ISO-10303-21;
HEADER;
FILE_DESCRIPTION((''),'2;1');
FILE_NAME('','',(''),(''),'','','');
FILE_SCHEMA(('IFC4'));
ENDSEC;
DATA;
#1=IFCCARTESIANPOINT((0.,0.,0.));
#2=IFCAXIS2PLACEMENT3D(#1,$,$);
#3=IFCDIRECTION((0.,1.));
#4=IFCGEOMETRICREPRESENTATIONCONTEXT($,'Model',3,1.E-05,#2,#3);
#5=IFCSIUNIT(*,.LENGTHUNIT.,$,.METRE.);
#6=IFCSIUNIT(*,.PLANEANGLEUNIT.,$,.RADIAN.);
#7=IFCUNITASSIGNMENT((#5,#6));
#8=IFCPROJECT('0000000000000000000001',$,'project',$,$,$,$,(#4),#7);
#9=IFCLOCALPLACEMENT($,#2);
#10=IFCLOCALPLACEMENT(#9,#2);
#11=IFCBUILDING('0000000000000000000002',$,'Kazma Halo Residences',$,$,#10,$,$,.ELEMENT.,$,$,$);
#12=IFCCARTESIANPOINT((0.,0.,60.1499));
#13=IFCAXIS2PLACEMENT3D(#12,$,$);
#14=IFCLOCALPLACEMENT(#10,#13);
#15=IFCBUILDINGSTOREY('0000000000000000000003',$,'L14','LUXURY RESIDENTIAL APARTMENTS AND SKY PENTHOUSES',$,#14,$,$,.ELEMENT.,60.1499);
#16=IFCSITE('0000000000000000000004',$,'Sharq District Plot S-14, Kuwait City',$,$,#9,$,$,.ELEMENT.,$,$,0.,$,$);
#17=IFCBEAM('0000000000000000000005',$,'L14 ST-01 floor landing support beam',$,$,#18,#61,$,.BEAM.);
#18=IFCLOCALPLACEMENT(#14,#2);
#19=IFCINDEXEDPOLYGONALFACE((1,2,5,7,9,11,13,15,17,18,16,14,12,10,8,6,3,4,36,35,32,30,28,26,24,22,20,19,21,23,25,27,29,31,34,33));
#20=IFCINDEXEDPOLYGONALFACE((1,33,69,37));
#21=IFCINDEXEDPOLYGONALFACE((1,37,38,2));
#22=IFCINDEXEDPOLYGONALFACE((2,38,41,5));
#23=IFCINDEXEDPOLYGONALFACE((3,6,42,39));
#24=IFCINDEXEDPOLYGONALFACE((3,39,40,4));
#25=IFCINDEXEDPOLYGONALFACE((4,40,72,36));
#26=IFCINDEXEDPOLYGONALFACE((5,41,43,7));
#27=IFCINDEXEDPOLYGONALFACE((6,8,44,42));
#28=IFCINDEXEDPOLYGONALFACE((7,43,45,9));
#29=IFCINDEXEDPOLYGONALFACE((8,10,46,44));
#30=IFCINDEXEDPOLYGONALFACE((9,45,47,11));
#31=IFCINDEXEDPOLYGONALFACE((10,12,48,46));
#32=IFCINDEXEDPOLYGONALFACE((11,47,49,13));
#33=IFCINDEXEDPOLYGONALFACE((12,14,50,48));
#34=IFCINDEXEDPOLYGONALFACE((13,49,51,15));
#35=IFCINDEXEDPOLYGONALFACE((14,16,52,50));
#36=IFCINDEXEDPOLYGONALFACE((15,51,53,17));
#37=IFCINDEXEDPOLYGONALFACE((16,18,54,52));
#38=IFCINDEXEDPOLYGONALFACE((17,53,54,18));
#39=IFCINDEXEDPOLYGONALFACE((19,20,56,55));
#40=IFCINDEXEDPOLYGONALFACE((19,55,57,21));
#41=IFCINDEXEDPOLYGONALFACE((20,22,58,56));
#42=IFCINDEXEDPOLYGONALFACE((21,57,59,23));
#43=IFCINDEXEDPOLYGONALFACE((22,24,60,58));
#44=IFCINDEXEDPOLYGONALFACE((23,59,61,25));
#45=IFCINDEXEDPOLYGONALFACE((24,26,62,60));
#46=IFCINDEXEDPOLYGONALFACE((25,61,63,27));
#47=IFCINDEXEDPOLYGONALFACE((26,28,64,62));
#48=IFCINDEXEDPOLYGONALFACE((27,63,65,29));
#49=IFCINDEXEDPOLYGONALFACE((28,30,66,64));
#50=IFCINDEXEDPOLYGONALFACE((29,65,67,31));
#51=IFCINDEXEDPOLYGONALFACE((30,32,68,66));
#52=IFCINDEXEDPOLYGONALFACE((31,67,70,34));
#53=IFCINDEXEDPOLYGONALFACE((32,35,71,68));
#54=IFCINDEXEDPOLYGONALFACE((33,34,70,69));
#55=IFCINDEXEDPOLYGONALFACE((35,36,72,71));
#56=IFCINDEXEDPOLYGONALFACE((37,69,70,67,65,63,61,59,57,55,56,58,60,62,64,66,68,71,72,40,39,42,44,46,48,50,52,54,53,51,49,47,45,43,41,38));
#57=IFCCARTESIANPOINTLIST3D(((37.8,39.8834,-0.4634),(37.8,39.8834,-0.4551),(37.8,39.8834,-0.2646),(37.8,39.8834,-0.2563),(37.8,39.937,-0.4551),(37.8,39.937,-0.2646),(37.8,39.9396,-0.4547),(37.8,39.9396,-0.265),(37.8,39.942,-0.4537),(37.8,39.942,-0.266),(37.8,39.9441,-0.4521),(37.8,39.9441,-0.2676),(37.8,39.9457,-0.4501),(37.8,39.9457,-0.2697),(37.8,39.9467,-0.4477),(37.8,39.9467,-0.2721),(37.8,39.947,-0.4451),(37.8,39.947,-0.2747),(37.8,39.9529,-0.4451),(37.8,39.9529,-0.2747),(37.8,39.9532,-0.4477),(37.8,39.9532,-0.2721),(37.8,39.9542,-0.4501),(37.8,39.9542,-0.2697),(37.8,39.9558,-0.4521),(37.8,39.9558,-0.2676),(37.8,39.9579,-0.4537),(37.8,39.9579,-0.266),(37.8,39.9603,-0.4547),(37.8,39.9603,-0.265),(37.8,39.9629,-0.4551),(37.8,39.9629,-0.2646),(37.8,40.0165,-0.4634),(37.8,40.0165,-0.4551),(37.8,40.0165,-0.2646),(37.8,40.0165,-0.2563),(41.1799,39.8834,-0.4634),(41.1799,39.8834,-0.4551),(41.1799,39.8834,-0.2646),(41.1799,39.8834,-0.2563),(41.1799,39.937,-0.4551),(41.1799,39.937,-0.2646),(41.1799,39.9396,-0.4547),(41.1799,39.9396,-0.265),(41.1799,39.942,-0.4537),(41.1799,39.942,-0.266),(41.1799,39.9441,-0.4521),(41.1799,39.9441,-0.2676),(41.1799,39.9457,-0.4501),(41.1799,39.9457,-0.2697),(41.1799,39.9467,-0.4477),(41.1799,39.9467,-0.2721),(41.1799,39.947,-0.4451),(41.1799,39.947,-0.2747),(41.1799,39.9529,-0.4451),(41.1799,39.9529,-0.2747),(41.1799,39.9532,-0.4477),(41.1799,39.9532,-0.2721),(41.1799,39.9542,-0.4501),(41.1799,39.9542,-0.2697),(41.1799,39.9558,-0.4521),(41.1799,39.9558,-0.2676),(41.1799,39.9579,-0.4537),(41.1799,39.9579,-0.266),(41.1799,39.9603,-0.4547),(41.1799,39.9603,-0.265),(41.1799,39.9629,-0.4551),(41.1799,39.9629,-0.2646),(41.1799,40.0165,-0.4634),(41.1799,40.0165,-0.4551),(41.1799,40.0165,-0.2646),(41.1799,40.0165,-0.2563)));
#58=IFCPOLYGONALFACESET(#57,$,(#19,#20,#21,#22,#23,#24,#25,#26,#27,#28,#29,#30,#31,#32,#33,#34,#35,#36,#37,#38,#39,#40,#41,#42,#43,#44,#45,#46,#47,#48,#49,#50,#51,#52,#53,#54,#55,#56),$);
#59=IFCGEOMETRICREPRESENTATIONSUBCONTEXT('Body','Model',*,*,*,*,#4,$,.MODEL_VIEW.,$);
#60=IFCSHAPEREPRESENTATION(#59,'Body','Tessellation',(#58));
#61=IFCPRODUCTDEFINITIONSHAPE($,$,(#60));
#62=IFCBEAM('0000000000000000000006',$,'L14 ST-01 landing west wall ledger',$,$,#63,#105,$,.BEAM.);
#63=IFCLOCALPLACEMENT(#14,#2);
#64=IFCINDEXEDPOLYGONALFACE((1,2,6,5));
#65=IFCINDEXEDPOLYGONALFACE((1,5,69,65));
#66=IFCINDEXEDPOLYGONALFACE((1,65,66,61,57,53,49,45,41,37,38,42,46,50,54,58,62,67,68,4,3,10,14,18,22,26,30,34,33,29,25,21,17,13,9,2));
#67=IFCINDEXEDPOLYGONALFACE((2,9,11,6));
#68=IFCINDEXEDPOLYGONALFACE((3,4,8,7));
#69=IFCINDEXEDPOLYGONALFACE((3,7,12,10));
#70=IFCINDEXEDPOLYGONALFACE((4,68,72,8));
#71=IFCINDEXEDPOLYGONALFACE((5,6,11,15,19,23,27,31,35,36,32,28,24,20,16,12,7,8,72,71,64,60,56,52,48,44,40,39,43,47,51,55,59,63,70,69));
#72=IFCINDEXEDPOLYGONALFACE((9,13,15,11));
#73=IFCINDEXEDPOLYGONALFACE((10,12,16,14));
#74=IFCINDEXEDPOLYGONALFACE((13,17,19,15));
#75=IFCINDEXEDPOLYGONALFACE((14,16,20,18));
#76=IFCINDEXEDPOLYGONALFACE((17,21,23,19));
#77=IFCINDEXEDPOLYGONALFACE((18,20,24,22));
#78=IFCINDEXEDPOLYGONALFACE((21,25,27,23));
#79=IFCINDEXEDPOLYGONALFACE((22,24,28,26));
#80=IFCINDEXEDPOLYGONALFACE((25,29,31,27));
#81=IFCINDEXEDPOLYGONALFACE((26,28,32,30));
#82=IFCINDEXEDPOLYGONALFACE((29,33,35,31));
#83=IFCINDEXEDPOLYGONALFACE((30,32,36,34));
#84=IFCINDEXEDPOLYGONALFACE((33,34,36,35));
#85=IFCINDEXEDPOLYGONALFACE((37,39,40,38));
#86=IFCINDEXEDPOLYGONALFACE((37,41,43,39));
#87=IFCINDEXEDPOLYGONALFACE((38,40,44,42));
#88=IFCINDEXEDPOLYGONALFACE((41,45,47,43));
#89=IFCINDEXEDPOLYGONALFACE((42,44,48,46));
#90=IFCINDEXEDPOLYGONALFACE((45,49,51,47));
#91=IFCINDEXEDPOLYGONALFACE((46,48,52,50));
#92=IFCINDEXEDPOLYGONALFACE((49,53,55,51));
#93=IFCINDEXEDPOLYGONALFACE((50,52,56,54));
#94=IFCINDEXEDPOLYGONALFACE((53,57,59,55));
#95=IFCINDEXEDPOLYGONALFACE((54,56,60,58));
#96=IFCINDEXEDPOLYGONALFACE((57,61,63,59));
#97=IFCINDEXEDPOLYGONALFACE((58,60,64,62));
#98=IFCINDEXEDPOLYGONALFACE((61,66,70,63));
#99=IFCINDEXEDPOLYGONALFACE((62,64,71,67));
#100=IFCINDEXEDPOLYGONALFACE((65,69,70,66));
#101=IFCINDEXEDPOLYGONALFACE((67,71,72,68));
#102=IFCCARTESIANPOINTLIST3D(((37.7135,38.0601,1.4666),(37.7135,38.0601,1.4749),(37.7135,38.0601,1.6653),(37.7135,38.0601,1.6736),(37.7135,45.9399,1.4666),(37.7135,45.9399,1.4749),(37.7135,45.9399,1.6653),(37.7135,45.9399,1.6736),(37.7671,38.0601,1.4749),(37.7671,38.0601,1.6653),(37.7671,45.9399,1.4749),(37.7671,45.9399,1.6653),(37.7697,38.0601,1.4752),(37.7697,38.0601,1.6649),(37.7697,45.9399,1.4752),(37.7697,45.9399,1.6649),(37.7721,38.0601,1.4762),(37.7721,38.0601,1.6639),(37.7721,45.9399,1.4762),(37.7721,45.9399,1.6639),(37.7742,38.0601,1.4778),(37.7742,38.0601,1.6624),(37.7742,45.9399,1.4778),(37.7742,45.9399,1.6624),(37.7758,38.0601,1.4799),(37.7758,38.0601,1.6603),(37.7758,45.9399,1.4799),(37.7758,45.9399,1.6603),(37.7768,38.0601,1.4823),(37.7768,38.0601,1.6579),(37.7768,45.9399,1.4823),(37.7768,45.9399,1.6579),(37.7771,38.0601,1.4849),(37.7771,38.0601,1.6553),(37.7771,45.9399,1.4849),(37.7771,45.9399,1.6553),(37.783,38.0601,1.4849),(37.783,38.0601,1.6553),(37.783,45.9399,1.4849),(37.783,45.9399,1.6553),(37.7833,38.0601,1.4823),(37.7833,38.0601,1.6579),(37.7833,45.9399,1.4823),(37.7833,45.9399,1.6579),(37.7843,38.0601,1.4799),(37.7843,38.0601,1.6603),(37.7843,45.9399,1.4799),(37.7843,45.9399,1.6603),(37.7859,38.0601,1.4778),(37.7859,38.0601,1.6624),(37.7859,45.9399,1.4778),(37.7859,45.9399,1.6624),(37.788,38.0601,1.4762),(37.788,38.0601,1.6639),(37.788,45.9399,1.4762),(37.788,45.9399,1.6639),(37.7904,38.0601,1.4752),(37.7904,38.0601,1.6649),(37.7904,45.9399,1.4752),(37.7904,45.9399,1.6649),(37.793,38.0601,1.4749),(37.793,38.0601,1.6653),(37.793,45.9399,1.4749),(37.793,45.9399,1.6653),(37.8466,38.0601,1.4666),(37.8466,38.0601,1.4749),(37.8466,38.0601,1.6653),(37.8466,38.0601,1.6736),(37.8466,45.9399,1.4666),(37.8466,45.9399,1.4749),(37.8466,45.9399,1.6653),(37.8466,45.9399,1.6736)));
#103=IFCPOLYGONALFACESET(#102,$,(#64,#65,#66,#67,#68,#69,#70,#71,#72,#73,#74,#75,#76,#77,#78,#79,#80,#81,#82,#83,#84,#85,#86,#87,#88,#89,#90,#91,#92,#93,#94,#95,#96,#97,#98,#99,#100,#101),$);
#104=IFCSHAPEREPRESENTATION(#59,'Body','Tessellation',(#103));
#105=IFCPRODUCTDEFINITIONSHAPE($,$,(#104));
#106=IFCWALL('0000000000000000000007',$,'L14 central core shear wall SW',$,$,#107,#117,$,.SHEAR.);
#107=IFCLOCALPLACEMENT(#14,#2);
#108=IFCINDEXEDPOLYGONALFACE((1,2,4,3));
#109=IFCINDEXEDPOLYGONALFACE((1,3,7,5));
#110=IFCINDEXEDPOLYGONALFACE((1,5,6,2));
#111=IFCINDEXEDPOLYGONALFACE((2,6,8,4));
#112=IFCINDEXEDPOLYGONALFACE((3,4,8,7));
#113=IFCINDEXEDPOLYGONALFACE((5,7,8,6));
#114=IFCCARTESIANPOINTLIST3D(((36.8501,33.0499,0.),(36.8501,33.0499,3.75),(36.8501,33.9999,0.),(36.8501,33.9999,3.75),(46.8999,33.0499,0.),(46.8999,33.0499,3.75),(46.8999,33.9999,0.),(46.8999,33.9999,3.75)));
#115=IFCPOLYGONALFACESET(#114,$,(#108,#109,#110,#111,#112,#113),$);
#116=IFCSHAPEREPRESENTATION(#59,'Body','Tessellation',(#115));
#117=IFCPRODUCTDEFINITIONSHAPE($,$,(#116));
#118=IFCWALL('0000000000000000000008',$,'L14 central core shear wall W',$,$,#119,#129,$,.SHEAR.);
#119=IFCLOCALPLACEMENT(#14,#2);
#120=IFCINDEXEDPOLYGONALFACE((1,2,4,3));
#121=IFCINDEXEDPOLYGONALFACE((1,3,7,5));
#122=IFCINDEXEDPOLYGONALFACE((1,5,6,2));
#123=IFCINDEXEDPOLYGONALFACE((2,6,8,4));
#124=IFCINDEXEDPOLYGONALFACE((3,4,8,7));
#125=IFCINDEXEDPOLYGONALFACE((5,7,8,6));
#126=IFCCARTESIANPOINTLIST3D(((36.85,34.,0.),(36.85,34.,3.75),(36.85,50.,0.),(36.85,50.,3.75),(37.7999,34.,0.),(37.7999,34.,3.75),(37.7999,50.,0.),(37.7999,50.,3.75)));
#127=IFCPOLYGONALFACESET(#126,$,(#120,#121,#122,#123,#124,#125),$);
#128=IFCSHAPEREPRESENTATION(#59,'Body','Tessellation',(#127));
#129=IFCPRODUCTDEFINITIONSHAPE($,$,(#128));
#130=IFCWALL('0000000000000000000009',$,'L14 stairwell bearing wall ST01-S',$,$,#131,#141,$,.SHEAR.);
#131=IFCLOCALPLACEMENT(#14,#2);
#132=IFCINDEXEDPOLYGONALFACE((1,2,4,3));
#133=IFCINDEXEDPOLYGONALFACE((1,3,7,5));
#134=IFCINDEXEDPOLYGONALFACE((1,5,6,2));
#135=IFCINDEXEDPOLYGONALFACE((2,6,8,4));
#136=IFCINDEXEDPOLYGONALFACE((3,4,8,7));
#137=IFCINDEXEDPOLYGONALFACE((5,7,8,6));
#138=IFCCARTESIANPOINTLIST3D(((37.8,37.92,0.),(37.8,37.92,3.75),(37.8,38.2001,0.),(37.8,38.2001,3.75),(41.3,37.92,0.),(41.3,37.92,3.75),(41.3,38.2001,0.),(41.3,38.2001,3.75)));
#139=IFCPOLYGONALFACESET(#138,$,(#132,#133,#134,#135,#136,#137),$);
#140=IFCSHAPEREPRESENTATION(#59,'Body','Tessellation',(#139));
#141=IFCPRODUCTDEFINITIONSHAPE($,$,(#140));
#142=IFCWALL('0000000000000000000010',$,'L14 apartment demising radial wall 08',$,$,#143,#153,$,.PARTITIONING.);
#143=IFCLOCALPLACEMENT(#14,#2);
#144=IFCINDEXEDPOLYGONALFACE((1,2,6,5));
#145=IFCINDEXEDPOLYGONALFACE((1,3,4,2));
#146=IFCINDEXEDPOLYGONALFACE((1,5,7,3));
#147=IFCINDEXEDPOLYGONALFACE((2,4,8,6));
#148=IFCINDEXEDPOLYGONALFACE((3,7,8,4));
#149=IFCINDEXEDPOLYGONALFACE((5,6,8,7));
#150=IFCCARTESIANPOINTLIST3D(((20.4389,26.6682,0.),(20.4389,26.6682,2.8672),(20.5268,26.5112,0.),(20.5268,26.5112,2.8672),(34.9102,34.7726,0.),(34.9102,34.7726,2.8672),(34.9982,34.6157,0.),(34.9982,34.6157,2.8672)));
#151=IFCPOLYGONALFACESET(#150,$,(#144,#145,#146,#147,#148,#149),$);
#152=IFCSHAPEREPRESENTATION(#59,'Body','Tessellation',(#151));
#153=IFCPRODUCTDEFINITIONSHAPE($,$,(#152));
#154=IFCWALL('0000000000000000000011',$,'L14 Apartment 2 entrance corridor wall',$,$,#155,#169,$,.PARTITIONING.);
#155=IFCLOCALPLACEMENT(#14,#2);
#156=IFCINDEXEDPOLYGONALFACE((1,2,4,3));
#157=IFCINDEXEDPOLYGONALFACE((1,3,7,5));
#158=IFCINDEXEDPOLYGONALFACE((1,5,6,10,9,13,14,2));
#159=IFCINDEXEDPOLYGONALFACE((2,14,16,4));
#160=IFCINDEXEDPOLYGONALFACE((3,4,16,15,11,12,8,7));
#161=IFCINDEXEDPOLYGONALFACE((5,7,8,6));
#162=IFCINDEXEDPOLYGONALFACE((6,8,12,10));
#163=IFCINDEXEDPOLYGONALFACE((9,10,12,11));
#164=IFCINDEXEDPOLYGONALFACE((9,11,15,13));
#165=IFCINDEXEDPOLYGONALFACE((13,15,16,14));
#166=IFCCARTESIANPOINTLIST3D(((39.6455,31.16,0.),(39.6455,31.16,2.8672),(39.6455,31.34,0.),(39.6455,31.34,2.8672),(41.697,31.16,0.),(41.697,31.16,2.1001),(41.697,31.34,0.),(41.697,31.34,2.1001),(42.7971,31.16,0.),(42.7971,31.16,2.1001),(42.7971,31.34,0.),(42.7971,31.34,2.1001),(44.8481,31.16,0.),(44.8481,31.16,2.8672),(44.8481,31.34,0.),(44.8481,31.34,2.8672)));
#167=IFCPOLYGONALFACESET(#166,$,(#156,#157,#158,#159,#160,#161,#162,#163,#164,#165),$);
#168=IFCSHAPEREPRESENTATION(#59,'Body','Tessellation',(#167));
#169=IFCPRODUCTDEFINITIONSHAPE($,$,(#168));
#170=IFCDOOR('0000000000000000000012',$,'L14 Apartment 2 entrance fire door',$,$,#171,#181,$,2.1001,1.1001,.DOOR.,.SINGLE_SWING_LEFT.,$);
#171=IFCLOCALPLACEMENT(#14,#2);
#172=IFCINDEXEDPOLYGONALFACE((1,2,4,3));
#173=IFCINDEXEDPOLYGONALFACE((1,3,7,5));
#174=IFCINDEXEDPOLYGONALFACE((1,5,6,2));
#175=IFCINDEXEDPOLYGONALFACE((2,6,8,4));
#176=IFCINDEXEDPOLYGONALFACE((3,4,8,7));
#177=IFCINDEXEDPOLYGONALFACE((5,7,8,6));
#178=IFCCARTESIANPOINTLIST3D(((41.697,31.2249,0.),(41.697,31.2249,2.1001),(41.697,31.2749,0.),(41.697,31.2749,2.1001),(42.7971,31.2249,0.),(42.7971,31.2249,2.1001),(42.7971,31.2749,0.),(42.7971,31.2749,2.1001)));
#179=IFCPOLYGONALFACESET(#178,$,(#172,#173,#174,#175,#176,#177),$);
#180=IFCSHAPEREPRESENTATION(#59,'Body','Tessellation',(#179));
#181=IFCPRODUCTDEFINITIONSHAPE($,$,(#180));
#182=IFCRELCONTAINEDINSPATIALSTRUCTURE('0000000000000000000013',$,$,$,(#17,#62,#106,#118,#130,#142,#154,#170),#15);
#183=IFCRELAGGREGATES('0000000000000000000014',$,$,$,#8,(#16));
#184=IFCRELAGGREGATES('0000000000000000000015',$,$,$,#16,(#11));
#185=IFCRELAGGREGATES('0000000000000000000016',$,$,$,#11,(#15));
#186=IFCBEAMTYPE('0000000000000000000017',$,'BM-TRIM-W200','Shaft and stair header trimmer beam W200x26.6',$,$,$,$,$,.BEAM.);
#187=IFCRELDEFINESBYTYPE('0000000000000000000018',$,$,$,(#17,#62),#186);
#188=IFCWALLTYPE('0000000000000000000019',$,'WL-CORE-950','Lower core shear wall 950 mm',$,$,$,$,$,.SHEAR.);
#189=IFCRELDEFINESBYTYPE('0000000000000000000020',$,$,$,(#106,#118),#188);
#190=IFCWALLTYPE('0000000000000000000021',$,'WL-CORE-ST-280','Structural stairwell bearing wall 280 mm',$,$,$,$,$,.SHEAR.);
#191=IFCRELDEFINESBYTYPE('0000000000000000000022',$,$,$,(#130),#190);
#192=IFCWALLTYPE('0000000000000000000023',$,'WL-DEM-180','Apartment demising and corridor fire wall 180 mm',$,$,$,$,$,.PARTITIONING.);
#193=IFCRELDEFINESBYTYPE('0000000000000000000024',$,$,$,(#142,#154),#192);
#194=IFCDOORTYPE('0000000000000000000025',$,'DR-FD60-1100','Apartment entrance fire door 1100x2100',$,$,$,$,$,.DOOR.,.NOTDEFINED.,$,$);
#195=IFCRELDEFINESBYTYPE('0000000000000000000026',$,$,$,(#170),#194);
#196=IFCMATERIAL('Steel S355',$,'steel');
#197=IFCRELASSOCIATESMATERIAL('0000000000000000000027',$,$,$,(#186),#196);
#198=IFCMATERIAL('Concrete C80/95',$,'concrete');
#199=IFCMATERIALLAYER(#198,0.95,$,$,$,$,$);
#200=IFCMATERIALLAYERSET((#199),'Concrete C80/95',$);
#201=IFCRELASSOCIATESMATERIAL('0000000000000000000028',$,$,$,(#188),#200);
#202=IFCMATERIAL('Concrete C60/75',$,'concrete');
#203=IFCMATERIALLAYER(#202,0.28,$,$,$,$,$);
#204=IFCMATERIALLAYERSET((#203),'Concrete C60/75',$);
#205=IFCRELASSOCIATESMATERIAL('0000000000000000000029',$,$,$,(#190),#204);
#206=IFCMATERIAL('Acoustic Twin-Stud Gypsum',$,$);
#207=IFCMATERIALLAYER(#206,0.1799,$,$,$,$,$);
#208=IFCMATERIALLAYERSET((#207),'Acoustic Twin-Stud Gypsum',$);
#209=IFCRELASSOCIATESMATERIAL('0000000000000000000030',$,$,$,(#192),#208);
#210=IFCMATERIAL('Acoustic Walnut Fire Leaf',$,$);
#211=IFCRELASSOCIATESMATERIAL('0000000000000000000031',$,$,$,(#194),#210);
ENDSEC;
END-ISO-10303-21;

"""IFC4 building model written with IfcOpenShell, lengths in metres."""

from ifc_helpers import new_model, si_unit, direction, frame, frame_2d, origin, origin_2d, place, context, subcontext, project, spatial, rectangle, i_section, extrude, material, layer, layer_set, material_profile, profile_set, type_object, element, fill, save


model = new_model("IFC4")

# Units and contexts
model_context = context("Model", 3, precision=1e-05, world=origin(), true_north=direction((0.0, 1.0)))
body_context = subcontext(model_context, "Body", "Model", "MODEL_VIEW")
ifc_project = project(units=[si_unit("LENGTHUNIT", "METRE"), si_unit("PLANEANGLEUNIT", "RADIAN")], contexts=[model_context])

# Site, building, storey
site_placement = place(None, origin())
site = spatial("IfcSite", under=ifc_project, at=site_placement, Name="Sharq District Plot S-14, Kuwait City", CompositionType="ELEMENT", RefElevation=0.0)
building_placement = place(site_placement, origin())
building = spatial("IfcBuilding", under=site, at=building_placement, Name="Kazma Halo Residences", CompositionType="ELEMENT")
storey_placement = place(building_placement, frame((0.0, 0.0, 60.1499)))
storey = spatial("IfcBuildingStorey", under=building, at=storey_placement, Name="L14", Description="LUXURY RESIDENTIAL APARTMENTS AND SKY PENTHOUSES", CompositionType="ELEMENT", Elevation=60.1499)

# Beams
ifc_material_1 = material(Name="Steel S355", Category="steel")
ifc_material_profile_1 = material_profile(ifc_material_1, i_section(OverallWidth=0.1331, OverallDepth=0.207, WebThickness=0.0059, FlangeThickness=0.0083, FilletRadius=0.01, at=origin_2d()), Name="W200x26.6")
ifc_profile_set_1 = profile_set([ifc_material_profile_1], Name="Steel S355")
beam_type_1 = type_object("IfcBeamType", Name="BM-TRIM-W200", Description="Shaft and stair header trimmer beam W200x26.6", PredefinedType="BEAM", material=ifc_profile_set_1)
beam_1_placement = place(storey_placement, frame((37.8, 39.95, -0.3599), z_axis=(1.0, 0.0, 0.0), x_axis=(0.0, 1.0, 0.0)))
element("IfcBeam", 1, at=beam_1_placement, inside=storey, type_object=beam_type_1, Name="L14 ST-01 floor landing support beam", PredefinedType="BEAM", context=body_context, shape_type="SweptSolid", body=[
    extrude(i_section(OverallWidth=0.1331, OverallDepth=0.207, WebThickness=0.0059, FlangeThickness=0.0083, FilletRadius=0.01, at=origin_2d()), origin(), (0.0, 0.0, 1.0), 3.3799),
])
beam_2_placement = place(storey_placement, frame((37.78, 38.0601, 1.5701), z_axis=(0.0, 1.0, 0.0), x_axis=(-1.0, 0.0, 0.0)))
element("IfcBeam", 2, at=beam_2_placement, inside=storey, type_object=beam_type_1, Name="L14 ST-01 landing west wall ledger", PredefinedType="BEAM", context=body_context, shape_type="SweptSolid", body=[
    extrude(i_section(OverallWidth=0.1331, OverallDepth=0.207, WebThickness=0.0059, FlangeThickness=0.0083, FilletRadius=0.01, at=origin_2d()), origin(), (0.0, 0.0, 1.0), 7.8799),
])

# Walls
ifc_material_2 = material(Name="Concrete C80/95", Category="concrete")
ifc_layer_1 = layer(ifc_material_2, 0.95)
ifc_layer_set_1 = layer_set([ifc_layer_1], Name="Concrete C80/95")
wall_type_1 = type_object("IfcWallType", Name="WL-CORE-950", Description="Lower core shear wall 950 mm", PredefinedType="SHEAR", material=ifc_layer_set_1)
wall_1_placement = place(storey_placement, frame((36.8501, 33.5249, 0.0), z_axis=(0.0, 0.0, 1.0), x_axis=(1.0, 0.0, 0.0)))
element("IfcWall", 3, at=wall_1_placement, inside=storey, type_object=wall_type_1, Name="L14 central core shear wall SW", PredefinedType="SHEAR", context=body_context, shape_type="SweptSolid", body=[
    extrude(rectangle(XDim=10.0498, YDim=0.95, at=frame_2d((5.0249, 0.0))), origin(), (0.0, 0.0, 1.0), 3.75),
])
wall_2_placement = place(storey_placement, frame((37.325, 34.0, 0.0), z_axis=(0.0, 0.0, 1.0), x_axis=(0.0, 1.0, 0.0)))
element("IfcWall", 4, at=wall_2_placement, inside=storey, type_object=wall_type_1, Name="L14 central core shear wall W", PredefinedType="SHEAR", context=body_context, shape_type="SweptSolid", body=[
    extrude(rectangle(XDim=16.0, YDim=0.95, at=frame_2d((8.0, 0.0))), origin(), (0.0, 0.0, 1.0), 3.75),
])
ifc_material_3 = material(Name="Concrete C60/75", Category="concrete")
ifc_layer_2 = layer(ifc_material_3, 0.28)
ifc_layer_set_2 = layer_set([ifc_layer_2], Name="Concrete C60/75")
wall_type_2 = type_object("IfcWallType", Name="WL-CORE-ST-280", Description="Structural stairwell bearing wall 280 mm", PredefinedType="SHEAR", material=ifc_layer_set_2)
wall_3_placement = place(storey_placement, frame((37.8, 38.0601, 0.0), z_axis=(0.0, 0.0, 1.0), x_axis=(1.0, 0.0, 0.0)))
element("IfcWall", 5, at=wall_3_placement, inside=storey, type_object=wall_type_2, Name="L14 stairwell bearing wall ST01-S", PredefinedType="SHEAR", context=body_context, shape_type="SweptSolid", body=[
    extrude(rectangle(XDim=3.5, YDim=0.28, at=frame_2d((1.75, 0.0))), origin(), (0.0, 0.0, 1.0), 3.75),
])
ifc_material_4 = material(Name="Acoustic Twin-Stud Gypsum")
ifc_layer_3 = layer(ifc_material_4, 0.1799)
ifc_layer_set_3 = layer_set([ifc_layer_3], Name="Acoustic Twin-Stud Gypsum")
wall_type_3 = type_object("IfcWallType", Name="WL-DEM-180", Description="Apartment demising and corridor fire wall 180 mm", PredefinedType="PARTITIONING", material=ifc_layer_set_3)
wall_4_placement = place(storey_placement, frame((34.9541, 34.6941, 0.0), z_axis=(0.0, 0.0, 1.0), x_axis=(-0.872493, -0.488626, 0.0)))
element("IfcWall", 6, at=wall_4_placement, inside=storey, type_object=wall_type_3, Name="L14 apartment demising radial wall 08", PredefinedType="PARTITIONING", context=body_context, shape_type="SweptSolid", body=[
    extrude(rectangle(XDim=16.5862, YDim=0.1799, at=frame_2d((8.293, 0.0))), origin(), (0.0, 0.0, 1.0), 2.8672),
])

# Wall, opening, door
wall_5_placement = place(storey_placement, frame((39.6455, 31.25, 0.0), z_axis=(0.0, 0.0, 1.0), x_axis=(1.0, 0.0, 0.0)))
wall_5 = element("IfcWall", 7, at=wall_5_placement, inside=storey, type_object=wall_type_3, Name="L14 Apartment 2 entrance corridor wall", PredefinedType="PARTITIONING", context=body_context, shape_type="SweptSolid", body=[
    extrude(rectangle(XDim=5.2026, YDim=0.1799, at=frame_2d((2.6013, 0.0))), origin(), (0.0, 0.0, 1.0), 2.8672),
])
opening_1_placement = place(wall_5_placement, frame((2.0515, 0.0, 0.0)))
opening_1 = element("IfcOpeningElement", 8, at=opening_1_placement, cuts=wall_5, PredefinedType="OPENING", context=body_context, shape_type="SweptSolid", body=[
    extrude(rectangle(XDim=1.1001, YDim=2.1001, at=frame_2d((0.55, 1.05))), frame((0.0, 0.0999, 0.0), z_axis=(0.0, -1.0, 0.0), x_axis=(1.0, 0.0, 0.0)), (0.0, 0.0, 1.0), 0.2),
])
ifc_material_5 = material(Name="Acoustic Walnut Fire Leaf")
door_type_1 = type_object("IfcDoorType", Name="DR-FD60-1100", Description="Apartment entrance fire door 1100x2100", OperationType="NOTDEFINED", PredefinedType="DOOR", material=ifc_material_5)
door_1_placement = place(opening_1_placement, origin())
door_1 = element("IfcDoor", 9, at=door_1_placement, inside=storey, type_object=door_type_1, Name="L14 Apartment 2 entrance fire door", OperationType="SINGLE_SWING_LEFT", OverallHeight=2.1001, OverallWidth=1.1001, PredefinedType="DOOR", context=body_context, shape_type="SweptSolid", body=[
    extrude(rectangle(XDim=1.1001, YDim=2.1001, at=frame_2d((0.55, 1.05))), frame((0.0, 0.0249, 0.0), z_axis=(0.0, -1.0, 0.0), x_axis=(1.0, 0.0, 0.0)), (0.0, 0.0, 1.0), 0.05),
])
fill(opening_1, door_1)

save(model, "model.ifc")
